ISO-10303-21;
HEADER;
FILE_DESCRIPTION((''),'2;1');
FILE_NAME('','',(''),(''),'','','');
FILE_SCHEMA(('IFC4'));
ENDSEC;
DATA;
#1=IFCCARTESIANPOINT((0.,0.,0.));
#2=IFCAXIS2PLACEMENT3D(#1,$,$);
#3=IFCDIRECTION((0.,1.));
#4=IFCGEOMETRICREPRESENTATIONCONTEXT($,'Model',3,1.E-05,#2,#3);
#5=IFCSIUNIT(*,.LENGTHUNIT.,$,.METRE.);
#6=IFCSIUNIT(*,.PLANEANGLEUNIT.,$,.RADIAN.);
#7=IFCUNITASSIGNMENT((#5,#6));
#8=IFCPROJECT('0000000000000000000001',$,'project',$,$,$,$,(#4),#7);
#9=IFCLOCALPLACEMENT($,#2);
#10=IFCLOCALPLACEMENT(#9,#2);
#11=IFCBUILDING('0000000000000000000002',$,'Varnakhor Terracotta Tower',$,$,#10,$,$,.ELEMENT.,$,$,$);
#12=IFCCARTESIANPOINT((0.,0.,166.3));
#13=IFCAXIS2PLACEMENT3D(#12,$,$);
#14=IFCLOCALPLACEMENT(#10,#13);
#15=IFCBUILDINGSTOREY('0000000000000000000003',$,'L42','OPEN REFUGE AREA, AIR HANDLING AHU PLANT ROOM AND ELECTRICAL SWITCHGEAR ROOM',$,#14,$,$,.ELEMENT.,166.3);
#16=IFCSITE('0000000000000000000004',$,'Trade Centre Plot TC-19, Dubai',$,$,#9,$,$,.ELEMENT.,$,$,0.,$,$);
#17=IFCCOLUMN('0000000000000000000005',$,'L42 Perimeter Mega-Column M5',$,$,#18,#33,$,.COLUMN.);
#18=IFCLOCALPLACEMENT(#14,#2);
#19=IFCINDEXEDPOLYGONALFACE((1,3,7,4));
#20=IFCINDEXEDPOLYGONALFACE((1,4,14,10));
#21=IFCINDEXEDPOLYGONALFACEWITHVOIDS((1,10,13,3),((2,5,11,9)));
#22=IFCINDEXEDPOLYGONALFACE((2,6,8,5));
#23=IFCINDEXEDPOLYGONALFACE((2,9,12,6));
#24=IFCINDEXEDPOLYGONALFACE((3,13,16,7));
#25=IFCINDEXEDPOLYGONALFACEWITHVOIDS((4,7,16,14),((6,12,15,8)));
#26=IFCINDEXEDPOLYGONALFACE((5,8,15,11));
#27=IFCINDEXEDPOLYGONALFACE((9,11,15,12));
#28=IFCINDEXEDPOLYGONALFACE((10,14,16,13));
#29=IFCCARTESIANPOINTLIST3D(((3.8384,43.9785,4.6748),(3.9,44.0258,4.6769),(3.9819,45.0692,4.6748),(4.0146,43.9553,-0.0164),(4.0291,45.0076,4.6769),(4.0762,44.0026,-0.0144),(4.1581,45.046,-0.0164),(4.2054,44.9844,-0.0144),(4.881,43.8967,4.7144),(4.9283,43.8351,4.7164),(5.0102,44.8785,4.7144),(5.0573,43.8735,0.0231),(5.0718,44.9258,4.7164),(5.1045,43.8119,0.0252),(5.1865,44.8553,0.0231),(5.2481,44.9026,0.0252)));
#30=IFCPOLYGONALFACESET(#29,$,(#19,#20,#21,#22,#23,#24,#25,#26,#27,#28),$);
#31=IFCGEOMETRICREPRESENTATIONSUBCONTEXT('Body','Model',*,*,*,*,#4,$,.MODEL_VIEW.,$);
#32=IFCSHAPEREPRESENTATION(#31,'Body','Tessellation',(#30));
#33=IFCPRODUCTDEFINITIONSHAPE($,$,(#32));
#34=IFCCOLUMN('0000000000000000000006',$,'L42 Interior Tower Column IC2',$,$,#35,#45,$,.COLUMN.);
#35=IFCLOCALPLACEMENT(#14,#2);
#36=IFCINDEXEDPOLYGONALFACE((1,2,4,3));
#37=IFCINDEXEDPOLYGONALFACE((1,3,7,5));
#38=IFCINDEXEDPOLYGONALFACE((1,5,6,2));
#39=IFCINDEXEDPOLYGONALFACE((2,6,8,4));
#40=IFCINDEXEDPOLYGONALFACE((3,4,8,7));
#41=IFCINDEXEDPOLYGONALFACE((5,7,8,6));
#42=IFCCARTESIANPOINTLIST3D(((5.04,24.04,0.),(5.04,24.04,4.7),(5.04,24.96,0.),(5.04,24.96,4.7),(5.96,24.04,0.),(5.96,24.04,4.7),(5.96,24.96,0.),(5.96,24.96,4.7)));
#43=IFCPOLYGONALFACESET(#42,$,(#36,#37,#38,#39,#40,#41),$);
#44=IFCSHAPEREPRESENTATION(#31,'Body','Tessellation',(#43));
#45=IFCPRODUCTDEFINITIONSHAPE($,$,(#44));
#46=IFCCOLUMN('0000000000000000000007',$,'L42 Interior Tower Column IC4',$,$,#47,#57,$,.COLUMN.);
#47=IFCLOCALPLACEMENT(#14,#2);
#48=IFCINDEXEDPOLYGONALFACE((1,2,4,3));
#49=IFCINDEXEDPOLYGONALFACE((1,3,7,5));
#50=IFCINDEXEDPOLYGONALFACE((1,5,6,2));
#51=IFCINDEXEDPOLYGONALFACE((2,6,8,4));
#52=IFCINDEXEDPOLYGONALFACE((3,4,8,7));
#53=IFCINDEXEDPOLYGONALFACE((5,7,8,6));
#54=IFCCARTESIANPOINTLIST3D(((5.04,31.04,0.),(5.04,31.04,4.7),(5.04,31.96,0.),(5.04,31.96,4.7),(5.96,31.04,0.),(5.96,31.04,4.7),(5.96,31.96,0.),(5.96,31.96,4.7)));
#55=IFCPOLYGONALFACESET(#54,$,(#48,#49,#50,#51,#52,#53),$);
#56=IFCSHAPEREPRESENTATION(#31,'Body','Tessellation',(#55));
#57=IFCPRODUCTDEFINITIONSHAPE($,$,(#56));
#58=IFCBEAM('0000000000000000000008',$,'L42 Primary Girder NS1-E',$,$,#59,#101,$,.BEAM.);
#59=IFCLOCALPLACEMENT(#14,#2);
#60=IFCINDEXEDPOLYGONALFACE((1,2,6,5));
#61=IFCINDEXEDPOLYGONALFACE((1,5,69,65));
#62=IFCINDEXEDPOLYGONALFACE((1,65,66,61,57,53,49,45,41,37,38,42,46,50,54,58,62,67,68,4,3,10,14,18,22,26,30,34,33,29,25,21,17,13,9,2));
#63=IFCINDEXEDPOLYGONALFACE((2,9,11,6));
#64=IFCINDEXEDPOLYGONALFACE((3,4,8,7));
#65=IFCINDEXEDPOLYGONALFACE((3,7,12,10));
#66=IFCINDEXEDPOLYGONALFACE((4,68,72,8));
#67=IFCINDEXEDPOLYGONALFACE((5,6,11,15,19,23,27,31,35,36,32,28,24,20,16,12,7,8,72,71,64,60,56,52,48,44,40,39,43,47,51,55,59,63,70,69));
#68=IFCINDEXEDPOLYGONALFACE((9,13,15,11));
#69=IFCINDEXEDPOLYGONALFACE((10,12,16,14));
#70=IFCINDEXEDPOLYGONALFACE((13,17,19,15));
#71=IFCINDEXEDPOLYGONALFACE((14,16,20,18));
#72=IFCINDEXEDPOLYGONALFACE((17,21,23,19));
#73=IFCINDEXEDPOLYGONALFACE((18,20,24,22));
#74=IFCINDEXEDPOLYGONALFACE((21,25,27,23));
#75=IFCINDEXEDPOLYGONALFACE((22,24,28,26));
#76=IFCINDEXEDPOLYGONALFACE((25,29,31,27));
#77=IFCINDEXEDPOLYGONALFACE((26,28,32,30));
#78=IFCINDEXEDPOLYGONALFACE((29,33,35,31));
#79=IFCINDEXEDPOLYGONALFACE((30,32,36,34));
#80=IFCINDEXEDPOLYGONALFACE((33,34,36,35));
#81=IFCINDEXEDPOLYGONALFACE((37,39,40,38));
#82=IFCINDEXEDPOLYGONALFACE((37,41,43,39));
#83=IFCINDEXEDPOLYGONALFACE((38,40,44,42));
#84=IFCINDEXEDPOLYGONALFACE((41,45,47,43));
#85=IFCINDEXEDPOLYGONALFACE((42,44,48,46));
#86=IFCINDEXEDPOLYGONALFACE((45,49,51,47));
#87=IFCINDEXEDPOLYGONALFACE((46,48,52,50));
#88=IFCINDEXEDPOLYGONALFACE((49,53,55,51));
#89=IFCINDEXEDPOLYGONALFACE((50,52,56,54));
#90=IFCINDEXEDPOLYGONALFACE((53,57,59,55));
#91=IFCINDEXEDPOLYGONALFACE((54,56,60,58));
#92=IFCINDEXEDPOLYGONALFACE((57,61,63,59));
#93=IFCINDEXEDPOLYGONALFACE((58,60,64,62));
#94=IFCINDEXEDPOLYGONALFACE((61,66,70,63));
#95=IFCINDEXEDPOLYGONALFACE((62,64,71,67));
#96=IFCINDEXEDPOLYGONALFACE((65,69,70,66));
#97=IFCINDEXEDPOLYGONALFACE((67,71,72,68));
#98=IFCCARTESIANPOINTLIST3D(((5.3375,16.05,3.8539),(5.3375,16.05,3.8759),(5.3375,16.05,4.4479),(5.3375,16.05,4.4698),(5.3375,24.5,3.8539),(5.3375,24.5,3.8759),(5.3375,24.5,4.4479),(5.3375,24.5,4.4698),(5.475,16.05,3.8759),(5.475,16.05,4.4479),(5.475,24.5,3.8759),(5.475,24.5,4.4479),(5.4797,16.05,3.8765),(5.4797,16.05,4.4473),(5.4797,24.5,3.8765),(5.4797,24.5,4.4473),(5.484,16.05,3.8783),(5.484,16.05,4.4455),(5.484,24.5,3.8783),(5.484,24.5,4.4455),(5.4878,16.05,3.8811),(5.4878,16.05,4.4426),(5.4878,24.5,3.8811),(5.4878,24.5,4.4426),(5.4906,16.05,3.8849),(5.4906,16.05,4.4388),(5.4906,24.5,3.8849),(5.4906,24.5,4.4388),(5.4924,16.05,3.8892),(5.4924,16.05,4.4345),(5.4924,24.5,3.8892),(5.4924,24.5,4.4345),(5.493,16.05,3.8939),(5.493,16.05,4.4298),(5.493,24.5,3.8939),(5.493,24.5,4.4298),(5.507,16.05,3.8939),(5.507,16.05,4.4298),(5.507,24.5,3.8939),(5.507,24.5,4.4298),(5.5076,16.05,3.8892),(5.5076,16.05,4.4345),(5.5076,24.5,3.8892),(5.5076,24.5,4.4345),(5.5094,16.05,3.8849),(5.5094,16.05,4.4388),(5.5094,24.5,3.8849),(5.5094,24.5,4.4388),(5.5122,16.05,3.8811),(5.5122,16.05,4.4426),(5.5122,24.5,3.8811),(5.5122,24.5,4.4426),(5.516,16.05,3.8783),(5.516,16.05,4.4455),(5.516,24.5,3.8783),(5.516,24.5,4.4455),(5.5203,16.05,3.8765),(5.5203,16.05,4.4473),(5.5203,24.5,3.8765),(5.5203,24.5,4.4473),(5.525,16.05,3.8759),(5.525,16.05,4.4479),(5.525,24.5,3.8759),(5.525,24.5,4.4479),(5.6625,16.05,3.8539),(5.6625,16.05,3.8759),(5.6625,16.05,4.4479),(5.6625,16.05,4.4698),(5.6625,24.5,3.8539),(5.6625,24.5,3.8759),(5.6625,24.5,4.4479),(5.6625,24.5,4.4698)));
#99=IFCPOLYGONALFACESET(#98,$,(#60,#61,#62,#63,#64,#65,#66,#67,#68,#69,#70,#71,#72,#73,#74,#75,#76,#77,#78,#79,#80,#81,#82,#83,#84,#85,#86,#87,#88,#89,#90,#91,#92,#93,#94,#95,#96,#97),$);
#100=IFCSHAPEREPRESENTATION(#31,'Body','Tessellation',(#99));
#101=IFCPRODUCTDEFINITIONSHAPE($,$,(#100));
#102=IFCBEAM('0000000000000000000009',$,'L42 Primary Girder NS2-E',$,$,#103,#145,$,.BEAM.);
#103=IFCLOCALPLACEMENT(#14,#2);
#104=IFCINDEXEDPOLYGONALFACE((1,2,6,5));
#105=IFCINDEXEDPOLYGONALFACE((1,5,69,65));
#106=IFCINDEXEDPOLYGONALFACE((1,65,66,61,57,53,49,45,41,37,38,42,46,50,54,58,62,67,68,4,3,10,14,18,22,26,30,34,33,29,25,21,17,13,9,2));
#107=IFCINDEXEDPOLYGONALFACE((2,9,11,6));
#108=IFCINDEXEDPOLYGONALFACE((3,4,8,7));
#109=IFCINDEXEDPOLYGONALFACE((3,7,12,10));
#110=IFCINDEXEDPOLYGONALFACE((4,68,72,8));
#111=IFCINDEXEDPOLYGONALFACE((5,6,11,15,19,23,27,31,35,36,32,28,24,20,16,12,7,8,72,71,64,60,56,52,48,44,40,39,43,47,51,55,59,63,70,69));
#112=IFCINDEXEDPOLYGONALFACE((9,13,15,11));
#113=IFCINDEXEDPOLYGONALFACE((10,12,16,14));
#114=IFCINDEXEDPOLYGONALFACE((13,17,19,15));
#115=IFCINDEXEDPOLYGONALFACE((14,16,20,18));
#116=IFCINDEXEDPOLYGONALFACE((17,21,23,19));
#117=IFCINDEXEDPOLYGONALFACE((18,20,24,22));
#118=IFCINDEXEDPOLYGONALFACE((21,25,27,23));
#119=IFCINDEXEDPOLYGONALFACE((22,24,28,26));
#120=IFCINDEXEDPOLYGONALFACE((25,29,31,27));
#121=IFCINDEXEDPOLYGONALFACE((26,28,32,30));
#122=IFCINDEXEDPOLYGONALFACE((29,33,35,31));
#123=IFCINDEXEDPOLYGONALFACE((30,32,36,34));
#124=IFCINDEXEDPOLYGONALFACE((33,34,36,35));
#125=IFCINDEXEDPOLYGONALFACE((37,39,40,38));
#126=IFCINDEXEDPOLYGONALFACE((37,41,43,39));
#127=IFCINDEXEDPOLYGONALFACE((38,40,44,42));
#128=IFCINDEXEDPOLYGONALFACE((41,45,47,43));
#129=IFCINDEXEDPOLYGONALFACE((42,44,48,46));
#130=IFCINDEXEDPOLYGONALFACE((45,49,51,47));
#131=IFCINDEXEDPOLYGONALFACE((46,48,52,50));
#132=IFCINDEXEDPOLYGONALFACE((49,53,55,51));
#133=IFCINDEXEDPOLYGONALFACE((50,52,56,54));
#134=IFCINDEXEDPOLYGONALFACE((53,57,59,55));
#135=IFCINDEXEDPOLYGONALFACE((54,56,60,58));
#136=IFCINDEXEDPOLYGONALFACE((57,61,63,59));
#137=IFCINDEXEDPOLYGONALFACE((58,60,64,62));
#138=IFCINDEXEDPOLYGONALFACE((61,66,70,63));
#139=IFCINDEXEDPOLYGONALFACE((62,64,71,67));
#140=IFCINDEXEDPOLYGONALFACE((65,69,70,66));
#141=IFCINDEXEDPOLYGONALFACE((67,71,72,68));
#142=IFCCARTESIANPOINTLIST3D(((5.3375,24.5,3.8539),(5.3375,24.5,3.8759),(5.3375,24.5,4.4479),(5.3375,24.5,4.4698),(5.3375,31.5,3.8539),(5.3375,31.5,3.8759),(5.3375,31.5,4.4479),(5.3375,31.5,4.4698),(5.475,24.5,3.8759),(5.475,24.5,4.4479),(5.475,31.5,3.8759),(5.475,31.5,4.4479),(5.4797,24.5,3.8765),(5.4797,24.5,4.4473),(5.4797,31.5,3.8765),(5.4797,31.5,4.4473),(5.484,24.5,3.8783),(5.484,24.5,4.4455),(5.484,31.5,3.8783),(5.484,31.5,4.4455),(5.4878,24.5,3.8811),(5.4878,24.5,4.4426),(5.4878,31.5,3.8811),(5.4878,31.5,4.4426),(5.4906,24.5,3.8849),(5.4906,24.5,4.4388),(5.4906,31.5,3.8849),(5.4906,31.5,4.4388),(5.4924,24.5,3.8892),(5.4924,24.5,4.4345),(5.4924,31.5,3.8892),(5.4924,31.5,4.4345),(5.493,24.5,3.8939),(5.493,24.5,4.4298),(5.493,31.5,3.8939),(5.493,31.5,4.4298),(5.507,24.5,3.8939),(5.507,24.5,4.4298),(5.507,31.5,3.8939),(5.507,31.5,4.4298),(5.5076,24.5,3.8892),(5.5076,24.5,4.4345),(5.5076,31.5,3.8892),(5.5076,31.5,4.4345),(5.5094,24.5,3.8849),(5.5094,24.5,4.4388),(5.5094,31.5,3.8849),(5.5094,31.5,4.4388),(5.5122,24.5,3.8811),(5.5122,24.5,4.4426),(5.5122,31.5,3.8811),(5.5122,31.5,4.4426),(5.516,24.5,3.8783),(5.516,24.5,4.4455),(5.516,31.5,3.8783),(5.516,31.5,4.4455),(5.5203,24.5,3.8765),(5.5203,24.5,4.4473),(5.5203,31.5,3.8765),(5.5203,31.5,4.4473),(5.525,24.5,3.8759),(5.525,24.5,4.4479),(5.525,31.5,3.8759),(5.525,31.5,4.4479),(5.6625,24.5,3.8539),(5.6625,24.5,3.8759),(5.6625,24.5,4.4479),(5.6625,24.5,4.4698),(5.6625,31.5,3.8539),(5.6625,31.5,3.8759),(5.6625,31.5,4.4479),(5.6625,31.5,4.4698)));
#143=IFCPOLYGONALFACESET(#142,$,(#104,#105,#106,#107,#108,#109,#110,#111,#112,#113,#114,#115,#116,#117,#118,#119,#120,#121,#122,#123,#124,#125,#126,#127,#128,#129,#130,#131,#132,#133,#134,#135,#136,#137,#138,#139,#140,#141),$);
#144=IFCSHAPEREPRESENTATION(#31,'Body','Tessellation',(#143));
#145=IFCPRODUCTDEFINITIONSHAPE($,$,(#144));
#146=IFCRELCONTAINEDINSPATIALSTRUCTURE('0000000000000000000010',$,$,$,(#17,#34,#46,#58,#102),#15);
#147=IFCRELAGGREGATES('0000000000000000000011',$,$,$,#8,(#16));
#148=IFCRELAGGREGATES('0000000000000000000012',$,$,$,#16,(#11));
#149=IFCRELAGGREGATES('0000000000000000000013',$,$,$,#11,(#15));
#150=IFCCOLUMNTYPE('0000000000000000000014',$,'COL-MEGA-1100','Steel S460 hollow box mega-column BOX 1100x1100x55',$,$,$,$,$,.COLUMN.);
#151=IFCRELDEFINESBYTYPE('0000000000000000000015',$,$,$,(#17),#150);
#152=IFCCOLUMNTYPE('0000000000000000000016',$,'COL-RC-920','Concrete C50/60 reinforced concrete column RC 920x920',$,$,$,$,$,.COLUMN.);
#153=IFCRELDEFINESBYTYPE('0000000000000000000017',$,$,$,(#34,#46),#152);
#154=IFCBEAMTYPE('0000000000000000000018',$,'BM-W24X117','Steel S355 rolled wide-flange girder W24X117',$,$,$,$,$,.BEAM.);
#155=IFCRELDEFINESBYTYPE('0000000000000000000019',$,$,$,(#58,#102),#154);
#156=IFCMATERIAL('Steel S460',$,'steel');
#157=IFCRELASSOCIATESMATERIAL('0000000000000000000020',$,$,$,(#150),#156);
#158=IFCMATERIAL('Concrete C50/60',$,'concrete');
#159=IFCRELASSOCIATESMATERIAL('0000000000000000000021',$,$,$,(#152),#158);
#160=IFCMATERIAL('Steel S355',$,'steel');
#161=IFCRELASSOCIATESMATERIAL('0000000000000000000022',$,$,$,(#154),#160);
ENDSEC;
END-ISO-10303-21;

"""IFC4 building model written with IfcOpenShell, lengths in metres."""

from ifc_helpers import new_model, si_unit, direction, frame, origin, origin_2d, place, context, subcontext, project, spatial, rectangle, hollow_rectangle, i_section, extrude, source, transform, mapped, material, material_profile, profile_set, type_object, type_shapes, element, save


model = new_model("IFC4")

# Units and contexts
model_context = context("Model", 3, precision=1e-05, world=origin(), true_north=direction((0.0, 1.0)))
body_context = subcontext(model_context, "Body", "Model", "MODEL_VIEW")
ifc_project = project(units=[si_unit("LENGTHUNIT", "METRE"), si_unit("PLANEANGLEUNIT", "RADIAN")], contexts=[model_context])

# Site, building, storey
site_placement = place(None, origin())
site = spatial("IfcSite", under=ifc_project, at=site_placement, Name="Trade Centre Plot TC-19, Dubai", CompositionType="ELEMENT", RefElevation=0.0)
building_placement = place(site_placement, origin())
building = spatial("IfcBuilding", under=site, at=building_placement, Name="Varnakhor Terracotta Tower", CompositionType="ELEMENT")
storey_placement = place(building_placement, frame((0.0, 0.0, 166.3)))
storey = spatial("IfcBuildingStorey", under=building, at=storey_placement, Name="L42", Description="OPEN REFUGE AREA, AIR HANDLING AHU PLANT ROOM AND ELECTRICAL SWITCHGEAR ROOM", CompositionType="ELEMENT", Elevation=166.3)

# Columns
ifc_material_1 = material(Name="Steel S460", Category="steel")
ifc_material_profile_1 = material_profile(ifc_material_1, hollow_rectangle(XDim=1.1001, YDim=1.1001, WallThickness=0.0549, at=origin_2d()), Name="BOX 1100x1100x55")
ifc_profile_set_1 = profile_set([ifc_material_profile_1], Name="Steel S460")
column_type_1 = type_object("IfcColumnType", Name="COL-MEGA-1100", Description="Steel S460 hollow box mega-column BOX 1100x1100x55", PredefinedType="COLUMN", material=ifc_profile_set_1)
shared_shape_1 = source(origin(), body_context, "Body", "SweptSolid", [
    extrude(hollow_rectangle(XDim=1.1001, YDim=1.1001, WallThickness=0.0549, at=origin_2d()), origin(), (0.0, 0.0, 1.0), 4.6946),
])
column_placement = place(storey_placement, frame((4.6313, 44.429, 0.0044), z_axis=(-0.037548, 0.004941, 0.999283), x_axis=(-0.130455, -0.991454, 0.0)))
element("IfcColumn", 1, at=column_placement, inside=storey, type_object=column_type_1, Name="L42 Perimeter Mega-Column M5", PredefinedType="COLUMN", context=body_context, shape_type="MappedRepresentation", body=[
    mapped(shared_shape_1, transform((0.0, 0.0, 0.0), scale=1.0)),
])
ifc_material_2 = material(Name="Concrete C50/60", Category="concrete")
ifc_material_profile_2 = material_profile(ifc_material_2, rectangle(XDim=0.9199, YDim=0.9199, at=origin_2d()), Name="RC 920x920")
ifc_profile_set_2 = profile_set([ifc_material_profile_2], Name="Concrete C50/60")
column_type_2 = type_object("IfcColumnType", Name="COL-RC-920", Description="Concrete C50/60 reinforced concrete column RC 920x920", PredefinedType="COLUMN", material=ifc_profile_set_2)
shared_shape_2 = source(origin(), body_context, "Body", "SweptSolid", [
    extrude(rectangle(XDim=0.9199, YDim=0.9199, at=origin_2d()), origin(), (0.0, 0.0, 1.0), 4.7),
])
for number, where, z_axis, x_axis, name in (
    (2, (5.5, 24.5, 0.0), (0.0, 0.0, 1.0), (1.0, 0.0, 0.0), "L42 Interior Tower Column IC2"),
    (3, (5.5, 31.5, 0.0), (0.0, 0.0, 1.0), (1.0, 0.0, 0.0), "L42 Interior Tower Column IC4"),
):
    element("IfcColumn", number, at=place(storey_placement, frame(where, z_axis=z_axis, x_axis=x_axis)), inside=storey, type_object=column_type_2, Name=name, PredefinedType="COLUMN", context=body_context, shape_type="MappedRepresentation", body=[
        mapped(shared_shape_2, transform((0.0, 0.0, 0.0), scale=1.0)),
    ])

# Beams
ifc_material_3 = material(Name="Steel S355", Category="steel")
ifc_material_profile_3 = material_profile(ifc_material_3, i_section(OverallWidth=0.325, OverallDepth=0.616, WebThickness=0.0139, FlangeThickness=0.022, FilletRadius=0.0181, at=origin_2d()), Name="W24X117")
ifc_profile_set_3 = profile_set([ifc_material_profile_3], Name="Steel S355")
beam_type_1 = type_object("IfcBeamType", Name="BM-W24X117", Description="Steel S355 rolled wide-flange girder W24X117", PredefinedType="BEAM", material=ifc_profile_set_3)
shared_shape_3 = source(origin(), body_context, "Body", "SweptSolid", [
    extrude(i_section(OverallWidth=0.325, OverallDepth=0.616, WebThickness=0.0139, FlangeThickness=0.022, FilletRadius=0.0181, at=origin_2d()), origin(), (0.0, 0.0, 1.0), 8.45),
])
type_shapes(beam_type_1, [shared_shape_3])
beam_1_placement = place(storey_placement, frame((5.5, 16.05, 4.1619), z_axis=(0.0, 1.0, 0.0), x_axis=(-1.0, 0.0, 0.0)))
element("IfcBeam", 4, at=beam_1_placement, inside=storey, type_object=beam_type_1, Name="L42 Primary Girder NS1-E", PredefinedType="BEAM", context=body_context, shape_type="MappedRepresentation", body=[
    mapped(shared_shape_3, transform((0.0, 0.0, 0.0), scale=1.0)),
])
shared_shape_4 = source(origin(), body_context, "Body", "SweptSolid", [
    extrude(i_section(OverallWidth=0.325, OverallDepth=0.616, WebThickness=0.0139, FlangeThickness=0.022, FilletRadius=0.0181, at=origin_2d()), origin(), (0.0, 0.0, 1.0), 7.0),
])
beam_2_placement = place(storey_placement, frame((5.5, 24.5, 4.1619), z_axis=(0.0, 1.0, 0.0), x_axis=(-1.0, 0.0, 0.0)))
element("IfcBeam", 5, at=beam_2_placement, inside=storey, type_object=beam_type_1, Name="L42 Primary Girder NS2-E", PredefinedType="BEAM", context=body_context, shape_type="MappedRepresentation", body=[
    mapped(shared_shape_4, transform((0.0, 0.0, 0.0), scale=1.0)),
])

save(model, "model.ifc")
